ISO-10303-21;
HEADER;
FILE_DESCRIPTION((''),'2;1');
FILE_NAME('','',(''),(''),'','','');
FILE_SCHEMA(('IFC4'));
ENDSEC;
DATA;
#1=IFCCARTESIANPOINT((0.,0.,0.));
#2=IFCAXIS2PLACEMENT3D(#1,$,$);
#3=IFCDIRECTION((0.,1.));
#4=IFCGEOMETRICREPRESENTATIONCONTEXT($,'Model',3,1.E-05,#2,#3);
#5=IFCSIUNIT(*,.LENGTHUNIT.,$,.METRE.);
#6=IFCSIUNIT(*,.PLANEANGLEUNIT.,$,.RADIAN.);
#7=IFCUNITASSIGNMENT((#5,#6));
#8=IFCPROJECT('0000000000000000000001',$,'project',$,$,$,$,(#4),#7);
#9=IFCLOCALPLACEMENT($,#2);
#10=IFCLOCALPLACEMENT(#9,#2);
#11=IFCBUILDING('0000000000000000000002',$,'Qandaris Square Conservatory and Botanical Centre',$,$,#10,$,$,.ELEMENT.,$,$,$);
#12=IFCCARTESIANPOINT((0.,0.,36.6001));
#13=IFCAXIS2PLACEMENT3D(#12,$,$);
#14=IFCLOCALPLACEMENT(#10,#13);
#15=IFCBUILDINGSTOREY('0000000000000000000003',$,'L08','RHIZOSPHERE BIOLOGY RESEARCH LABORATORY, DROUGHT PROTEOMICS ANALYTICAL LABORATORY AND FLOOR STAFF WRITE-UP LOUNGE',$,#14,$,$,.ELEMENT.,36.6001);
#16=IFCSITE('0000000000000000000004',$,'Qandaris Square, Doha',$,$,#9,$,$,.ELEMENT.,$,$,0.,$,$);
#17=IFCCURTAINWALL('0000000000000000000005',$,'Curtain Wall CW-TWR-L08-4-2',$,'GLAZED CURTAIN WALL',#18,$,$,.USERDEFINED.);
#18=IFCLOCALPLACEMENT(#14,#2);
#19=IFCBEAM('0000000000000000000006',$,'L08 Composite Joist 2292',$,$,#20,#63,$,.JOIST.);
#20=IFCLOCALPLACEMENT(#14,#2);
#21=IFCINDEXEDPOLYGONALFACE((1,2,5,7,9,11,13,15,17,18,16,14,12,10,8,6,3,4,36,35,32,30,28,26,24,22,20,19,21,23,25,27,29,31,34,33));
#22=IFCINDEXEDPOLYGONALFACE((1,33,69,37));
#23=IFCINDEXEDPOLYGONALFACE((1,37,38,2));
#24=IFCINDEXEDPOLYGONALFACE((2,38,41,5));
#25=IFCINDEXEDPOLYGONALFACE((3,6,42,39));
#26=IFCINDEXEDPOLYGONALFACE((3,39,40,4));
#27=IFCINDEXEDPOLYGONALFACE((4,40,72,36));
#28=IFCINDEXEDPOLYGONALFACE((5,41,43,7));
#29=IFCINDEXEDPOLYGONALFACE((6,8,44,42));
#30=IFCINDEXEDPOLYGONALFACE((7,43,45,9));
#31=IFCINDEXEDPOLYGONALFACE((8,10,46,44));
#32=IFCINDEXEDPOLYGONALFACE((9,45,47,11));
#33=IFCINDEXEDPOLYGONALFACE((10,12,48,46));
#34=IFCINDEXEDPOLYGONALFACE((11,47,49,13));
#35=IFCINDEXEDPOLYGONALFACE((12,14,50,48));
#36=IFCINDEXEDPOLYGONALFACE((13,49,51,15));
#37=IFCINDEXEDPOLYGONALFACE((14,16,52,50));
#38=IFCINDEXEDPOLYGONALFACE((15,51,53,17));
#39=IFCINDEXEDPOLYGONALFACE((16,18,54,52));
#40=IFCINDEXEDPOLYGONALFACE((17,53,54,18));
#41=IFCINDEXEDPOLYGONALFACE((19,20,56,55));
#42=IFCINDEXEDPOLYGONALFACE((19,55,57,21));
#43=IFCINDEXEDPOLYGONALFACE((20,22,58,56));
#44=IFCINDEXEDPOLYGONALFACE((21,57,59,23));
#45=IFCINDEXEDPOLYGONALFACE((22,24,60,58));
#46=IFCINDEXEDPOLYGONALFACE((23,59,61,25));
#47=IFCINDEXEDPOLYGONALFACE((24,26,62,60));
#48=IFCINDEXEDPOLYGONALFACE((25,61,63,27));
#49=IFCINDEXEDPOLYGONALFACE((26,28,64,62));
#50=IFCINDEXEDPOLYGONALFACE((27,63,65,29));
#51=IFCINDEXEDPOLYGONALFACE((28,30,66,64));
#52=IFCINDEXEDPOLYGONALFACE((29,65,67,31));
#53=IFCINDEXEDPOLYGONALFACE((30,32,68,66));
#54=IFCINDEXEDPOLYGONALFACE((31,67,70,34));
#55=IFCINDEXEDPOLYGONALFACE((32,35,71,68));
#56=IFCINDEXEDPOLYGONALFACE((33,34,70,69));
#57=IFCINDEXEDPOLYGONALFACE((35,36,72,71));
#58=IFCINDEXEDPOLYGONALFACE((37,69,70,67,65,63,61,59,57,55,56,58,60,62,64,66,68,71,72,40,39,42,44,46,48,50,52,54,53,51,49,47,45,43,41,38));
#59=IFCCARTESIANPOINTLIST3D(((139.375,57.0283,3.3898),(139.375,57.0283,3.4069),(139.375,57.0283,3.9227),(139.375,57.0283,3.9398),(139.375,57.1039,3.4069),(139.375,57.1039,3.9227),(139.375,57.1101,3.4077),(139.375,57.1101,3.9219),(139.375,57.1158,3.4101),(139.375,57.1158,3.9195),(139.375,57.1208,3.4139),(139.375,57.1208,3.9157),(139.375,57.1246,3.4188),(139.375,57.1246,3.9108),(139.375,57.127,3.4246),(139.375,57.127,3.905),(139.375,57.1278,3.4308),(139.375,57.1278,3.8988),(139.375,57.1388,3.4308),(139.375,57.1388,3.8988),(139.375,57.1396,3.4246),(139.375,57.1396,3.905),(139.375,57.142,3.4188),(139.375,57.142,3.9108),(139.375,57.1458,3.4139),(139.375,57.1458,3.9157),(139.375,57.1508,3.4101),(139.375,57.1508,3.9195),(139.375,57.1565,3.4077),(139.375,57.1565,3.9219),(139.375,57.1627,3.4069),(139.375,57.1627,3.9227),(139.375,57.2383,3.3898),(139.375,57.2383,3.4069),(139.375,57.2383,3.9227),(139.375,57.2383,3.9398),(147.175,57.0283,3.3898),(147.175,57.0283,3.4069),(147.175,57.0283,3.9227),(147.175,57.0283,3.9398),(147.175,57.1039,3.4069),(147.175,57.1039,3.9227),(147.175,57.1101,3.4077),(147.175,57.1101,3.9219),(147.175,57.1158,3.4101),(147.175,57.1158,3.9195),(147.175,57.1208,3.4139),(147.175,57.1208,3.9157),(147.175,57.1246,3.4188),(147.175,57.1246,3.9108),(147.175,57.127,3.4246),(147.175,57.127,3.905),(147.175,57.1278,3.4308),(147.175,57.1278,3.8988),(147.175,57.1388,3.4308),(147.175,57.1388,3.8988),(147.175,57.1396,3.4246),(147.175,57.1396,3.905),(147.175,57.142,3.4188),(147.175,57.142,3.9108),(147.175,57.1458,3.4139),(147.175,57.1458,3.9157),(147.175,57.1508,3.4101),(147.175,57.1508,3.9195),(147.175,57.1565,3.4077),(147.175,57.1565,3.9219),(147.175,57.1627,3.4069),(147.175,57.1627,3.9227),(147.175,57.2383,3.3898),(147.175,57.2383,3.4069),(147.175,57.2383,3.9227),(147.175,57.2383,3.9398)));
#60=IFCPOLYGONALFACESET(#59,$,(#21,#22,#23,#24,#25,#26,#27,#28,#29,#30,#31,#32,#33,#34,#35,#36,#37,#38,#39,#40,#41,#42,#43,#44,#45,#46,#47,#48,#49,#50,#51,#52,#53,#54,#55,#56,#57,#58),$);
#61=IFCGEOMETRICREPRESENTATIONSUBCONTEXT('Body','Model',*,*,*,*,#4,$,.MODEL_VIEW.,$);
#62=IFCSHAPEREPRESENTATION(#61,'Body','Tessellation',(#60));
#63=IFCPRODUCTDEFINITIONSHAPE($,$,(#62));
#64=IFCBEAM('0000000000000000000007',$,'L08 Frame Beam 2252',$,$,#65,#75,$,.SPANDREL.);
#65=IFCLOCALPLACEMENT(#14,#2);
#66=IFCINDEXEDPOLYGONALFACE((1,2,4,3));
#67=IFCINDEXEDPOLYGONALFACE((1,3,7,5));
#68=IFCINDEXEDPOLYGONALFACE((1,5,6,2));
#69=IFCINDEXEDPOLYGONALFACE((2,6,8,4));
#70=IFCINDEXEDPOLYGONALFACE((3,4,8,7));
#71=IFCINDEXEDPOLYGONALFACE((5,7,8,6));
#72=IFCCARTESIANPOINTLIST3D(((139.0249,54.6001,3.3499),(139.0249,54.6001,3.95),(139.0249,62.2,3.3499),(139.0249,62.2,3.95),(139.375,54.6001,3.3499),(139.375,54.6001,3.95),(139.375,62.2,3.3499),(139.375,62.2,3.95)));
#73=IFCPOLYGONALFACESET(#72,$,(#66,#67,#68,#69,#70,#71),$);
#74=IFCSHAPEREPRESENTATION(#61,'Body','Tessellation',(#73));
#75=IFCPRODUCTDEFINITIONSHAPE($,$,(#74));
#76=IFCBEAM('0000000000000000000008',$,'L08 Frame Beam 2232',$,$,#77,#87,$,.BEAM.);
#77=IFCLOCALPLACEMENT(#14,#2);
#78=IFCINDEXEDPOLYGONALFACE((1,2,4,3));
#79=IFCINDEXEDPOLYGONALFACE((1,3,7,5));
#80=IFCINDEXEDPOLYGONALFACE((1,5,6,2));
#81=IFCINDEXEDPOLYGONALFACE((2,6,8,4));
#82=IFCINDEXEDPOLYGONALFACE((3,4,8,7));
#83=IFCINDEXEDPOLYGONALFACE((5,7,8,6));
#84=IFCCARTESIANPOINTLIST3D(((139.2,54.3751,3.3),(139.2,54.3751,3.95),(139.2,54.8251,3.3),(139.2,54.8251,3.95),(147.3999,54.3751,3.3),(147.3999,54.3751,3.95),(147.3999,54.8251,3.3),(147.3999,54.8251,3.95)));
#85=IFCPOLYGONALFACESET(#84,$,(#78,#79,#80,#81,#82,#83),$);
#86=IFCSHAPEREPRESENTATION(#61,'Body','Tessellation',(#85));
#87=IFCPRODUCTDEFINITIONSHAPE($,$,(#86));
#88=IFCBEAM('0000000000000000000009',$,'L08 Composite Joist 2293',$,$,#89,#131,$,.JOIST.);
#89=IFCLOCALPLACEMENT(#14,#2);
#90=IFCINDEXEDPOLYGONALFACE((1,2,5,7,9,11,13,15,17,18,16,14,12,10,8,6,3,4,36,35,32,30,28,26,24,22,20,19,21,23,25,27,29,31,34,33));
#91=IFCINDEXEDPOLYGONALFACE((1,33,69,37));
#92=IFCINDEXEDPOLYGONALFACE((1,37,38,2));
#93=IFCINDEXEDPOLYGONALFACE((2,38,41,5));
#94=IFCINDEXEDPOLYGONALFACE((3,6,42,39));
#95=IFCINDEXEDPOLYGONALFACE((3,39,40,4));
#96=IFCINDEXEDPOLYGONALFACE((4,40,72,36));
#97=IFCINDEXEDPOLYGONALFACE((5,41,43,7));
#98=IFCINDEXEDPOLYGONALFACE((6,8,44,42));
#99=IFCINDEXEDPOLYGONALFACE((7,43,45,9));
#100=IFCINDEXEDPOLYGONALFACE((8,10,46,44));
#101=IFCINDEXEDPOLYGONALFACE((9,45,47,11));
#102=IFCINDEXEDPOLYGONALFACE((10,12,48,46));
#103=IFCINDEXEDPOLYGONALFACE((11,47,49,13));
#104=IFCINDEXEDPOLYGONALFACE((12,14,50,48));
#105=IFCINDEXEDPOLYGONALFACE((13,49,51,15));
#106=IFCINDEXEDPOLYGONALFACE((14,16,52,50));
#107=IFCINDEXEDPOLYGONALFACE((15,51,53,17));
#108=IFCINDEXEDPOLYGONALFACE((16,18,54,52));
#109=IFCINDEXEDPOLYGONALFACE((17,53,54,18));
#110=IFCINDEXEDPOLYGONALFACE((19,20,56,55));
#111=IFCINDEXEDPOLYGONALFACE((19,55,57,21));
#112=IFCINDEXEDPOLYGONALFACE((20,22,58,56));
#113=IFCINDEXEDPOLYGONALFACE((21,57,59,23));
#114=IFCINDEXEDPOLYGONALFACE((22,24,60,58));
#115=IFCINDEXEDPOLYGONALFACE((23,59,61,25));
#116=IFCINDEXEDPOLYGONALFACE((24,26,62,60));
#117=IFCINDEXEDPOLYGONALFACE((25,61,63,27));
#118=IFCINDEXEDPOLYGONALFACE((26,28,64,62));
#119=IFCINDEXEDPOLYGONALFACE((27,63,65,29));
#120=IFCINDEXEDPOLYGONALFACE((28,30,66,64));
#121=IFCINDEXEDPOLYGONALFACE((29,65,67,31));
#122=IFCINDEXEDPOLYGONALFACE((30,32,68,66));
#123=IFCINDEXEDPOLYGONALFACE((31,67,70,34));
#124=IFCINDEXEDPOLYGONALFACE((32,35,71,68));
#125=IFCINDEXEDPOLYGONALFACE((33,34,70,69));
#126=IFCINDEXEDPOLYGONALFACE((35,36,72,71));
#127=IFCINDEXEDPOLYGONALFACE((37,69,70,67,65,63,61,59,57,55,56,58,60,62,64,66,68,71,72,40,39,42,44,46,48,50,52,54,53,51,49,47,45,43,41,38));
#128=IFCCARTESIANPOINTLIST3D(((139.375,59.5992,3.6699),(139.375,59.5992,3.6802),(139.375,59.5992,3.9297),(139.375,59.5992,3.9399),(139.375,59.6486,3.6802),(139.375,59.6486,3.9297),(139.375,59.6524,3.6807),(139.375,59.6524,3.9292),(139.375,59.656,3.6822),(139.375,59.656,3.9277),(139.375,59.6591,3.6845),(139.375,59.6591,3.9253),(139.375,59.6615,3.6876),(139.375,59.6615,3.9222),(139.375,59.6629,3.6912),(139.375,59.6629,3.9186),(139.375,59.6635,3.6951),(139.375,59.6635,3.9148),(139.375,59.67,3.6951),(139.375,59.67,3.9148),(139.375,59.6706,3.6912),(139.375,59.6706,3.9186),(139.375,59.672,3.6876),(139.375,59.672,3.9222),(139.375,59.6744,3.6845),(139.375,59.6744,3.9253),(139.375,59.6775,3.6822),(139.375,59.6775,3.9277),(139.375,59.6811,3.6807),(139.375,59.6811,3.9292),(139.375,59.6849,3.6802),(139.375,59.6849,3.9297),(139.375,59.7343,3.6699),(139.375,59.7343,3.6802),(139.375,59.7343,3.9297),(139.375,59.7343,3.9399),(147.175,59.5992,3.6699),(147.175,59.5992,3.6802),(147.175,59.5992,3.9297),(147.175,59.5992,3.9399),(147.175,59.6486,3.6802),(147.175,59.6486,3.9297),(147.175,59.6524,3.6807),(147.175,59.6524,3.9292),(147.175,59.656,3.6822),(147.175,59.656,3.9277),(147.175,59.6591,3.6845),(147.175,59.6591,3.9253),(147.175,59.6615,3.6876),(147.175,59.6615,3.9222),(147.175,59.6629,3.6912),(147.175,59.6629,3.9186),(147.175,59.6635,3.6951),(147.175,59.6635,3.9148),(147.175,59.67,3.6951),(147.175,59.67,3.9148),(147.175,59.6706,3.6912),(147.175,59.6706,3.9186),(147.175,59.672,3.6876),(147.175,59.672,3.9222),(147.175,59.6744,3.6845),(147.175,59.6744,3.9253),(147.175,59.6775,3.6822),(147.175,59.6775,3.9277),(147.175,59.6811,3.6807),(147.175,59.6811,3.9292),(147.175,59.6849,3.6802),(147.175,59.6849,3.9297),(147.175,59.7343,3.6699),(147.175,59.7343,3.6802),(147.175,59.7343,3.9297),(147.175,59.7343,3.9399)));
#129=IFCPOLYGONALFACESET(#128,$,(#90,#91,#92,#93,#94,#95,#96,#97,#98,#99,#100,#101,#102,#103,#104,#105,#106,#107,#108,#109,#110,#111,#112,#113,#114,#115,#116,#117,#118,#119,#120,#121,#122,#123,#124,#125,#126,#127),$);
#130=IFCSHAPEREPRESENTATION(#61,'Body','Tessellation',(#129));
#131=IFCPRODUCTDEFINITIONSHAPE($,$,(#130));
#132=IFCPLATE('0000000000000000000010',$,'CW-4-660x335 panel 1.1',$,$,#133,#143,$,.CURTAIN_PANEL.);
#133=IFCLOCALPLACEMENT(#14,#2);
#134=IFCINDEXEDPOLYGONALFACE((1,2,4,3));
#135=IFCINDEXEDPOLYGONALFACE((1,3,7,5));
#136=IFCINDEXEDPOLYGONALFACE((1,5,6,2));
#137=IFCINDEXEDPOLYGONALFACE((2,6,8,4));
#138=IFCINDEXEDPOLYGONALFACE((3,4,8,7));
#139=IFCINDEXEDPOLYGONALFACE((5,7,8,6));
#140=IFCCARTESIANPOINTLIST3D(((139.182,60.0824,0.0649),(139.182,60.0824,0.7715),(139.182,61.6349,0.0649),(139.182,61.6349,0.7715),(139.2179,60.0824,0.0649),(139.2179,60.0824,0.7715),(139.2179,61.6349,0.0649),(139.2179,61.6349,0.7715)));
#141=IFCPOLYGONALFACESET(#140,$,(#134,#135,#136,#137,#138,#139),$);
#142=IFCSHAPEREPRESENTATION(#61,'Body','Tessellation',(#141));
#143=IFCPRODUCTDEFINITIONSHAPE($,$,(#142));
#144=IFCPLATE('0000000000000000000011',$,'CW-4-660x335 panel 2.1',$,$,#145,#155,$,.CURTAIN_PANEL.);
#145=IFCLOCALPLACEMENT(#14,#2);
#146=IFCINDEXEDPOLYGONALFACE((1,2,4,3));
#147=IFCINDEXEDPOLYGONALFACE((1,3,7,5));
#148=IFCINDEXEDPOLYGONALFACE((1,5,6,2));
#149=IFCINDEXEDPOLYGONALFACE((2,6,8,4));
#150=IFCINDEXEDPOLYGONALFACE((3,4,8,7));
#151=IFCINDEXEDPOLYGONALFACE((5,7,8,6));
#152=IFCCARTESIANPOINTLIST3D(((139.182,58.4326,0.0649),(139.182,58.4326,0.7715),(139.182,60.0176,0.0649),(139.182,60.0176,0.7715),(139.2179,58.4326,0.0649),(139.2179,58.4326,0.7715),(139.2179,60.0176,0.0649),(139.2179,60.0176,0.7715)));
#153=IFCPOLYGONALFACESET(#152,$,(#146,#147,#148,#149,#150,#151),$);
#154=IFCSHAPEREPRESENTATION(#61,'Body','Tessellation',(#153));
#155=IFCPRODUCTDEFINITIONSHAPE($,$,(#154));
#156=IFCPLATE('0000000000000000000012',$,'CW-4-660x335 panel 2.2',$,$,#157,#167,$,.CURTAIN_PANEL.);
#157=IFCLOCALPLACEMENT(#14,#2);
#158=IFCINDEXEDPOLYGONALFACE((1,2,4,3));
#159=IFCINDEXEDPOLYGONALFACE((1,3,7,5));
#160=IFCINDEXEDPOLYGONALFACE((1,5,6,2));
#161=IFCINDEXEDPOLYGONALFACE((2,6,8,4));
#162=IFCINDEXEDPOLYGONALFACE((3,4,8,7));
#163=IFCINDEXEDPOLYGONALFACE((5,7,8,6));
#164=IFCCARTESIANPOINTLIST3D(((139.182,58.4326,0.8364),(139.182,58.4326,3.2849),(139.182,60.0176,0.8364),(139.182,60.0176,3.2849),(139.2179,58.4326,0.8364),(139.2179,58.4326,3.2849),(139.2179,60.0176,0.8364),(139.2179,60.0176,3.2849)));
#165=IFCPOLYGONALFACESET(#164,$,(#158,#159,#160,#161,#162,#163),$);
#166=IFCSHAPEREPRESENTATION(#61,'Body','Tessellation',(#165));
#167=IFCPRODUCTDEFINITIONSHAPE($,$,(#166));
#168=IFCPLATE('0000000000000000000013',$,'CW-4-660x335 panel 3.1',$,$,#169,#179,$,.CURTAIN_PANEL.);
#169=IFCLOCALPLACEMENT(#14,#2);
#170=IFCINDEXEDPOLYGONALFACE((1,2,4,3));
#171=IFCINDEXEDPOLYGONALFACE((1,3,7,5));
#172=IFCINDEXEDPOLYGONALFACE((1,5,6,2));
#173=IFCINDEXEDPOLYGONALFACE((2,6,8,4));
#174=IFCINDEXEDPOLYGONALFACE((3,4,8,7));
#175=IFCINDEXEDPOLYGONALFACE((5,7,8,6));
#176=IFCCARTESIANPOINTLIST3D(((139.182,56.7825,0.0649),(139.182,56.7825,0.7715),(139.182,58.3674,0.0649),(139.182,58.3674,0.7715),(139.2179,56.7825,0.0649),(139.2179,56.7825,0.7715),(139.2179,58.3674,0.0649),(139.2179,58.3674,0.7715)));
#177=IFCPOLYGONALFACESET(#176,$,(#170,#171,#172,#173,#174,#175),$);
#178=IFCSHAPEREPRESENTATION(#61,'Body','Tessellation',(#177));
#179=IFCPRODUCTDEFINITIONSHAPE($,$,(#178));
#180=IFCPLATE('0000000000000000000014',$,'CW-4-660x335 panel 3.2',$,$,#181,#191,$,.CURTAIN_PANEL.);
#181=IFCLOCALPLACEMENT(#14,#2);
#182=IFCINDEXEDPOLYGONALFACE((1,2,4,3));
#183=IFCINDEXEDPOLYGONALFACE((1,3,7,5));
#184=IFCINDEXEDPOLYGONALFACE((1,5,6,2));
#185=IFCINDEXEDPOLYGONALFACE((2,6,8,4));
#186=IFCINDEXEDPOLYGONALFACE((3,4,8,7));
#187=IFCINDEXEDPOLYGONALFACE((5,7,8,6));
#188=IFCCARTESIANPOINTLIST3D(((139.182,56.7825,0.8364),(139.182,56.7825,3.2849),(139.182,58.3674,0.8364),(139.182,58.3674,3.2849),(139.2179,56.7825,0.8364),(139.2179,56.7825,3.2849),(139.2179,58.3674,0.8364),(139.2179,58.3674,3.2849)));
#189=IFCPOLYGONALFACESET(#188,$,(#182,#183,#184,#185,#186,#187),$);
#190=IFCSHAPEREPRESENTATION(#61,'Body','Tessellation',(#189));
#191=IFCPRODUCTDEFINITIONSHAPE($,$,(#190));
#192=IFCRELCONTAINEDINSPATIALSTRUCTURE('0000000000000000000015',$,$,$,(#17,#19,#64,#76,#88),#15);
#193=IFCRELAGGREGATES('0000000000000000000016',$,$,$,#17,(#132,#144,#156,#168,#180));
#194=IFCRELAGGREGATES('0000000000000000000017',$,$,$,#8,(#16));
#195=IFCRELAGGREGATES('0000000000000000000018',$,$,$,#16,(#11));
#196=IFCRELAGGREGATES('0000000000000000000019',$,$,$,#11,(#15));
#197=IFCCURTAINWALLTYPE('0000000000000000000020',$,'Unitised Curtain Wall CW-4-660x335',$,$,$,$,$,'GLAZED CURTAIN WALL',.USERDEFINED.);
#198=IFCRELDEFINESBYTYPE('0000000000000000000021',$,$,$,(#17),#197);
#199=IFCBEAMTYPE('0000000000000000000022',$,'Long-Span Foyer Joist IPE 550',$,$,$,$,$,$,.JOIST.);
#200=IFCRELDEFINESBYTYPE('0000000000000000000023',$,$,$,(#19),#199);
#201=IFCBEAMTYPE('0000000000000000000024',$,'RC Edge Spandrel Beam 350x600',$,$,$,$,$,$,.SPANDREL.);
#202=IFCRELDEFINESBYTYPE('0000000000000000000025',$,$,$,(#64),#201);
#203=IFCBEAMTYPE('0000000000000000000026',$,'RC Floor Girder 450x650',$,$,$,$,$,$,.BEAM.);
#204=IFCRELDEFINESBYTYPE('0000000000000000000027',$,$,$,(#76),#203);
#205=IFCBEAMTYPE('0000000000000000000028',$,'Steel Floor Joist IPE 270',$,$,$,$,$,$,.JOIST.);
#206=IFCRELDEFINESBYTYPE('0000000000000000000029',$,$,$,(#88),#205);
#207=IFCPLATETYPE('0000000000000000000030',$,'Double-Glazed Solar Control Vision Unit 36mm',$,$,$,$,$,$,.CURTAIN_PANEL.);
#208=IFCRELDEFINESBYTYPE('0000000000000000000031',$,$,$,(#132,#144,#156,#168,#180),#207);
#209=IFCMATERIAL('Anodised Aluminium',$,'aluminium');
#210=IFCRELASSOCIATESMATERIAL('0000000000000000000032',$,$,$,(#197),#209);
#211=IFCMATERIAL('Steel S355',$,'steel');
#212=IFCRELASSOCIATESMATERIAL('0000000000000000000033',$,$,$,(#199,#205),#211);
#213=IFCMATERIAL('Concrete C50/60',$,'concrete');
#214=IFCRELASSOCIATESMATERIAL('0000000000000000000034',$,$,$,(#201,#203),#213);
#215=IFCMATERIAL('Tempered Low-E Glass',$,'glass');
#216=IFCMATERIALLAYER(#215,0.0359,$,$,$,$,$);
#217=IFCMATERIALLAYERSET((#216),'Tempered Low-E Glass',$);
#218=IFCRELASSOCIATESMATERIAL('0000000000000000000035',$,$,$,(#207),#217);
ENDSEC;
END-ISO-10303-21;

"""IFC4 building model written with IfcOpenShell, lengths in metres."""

from ifc_helpers import new_model, si_unit, direction, frame, origin, origin_2d, place, context, subcontext, project, spatial, rectangle, i_section, extrude, material, layer, layer_set, material_profile, profile_set, type_object, element, aggregate, save


model = new_model("IFC4")

# Units and contexts
model_context = context("Model", 3, precision=1e-05, world=origin(), true_north=direction((0.0, 1.0)))
body_context = subcontext(model_context, "Body", "Model", "MODEL_VIEW")
ifc_project = project(units=[si_unit("LENGTHUNIT", "METRE"), si_unit("PLANEANGLEUNIT", "RADIAN")], contexts=[model_context])

# Site, building, storey
site_placement = place(None, origin())
site = spatial("IfcSite", under=ifc_project, at=site_placement, Name="Qandaris Square, Doha", CompositionType="ELEMENT", RefElevation=0.0)
building_placement = place(site_placement, origin())
building = spatial("IfcBuilding", under=site, at=building_placement, Name="Qandaris Square Conservatory and Botanical Centre", CompositionType="ELEMENT")
storey_placement = place(building_placement, frame((0.0, 0.0, 36.6001)))
storey = spatial("IfcBuildingStorey", under=building, at=storey_placement, Name="L08", Description="RHIZOSPHERE BIOLOGY RESEARCH LABORATORY, DROUGHT PROTEOMICS ANALYTICAL LABORATORY AND FLOOR STAFF WRITE-UP LOUNGE", CompositionType="ELEMENT", Elevation=36.6001)

# Curtain wall
ifc_material_1 = material(Name="Anodised Aluminium", Category="aluminium")
curtain_wall_type = type_object("IfcCurtainWallType", Name="Unitised Curtain Wall CW-4-660x335", ElementType="GLAZED CURTAIN WALL", PredefinedType="USERDEFINED", material=ifc_material_1)
curtain_wall_placement = place(storey_placement, origin())
curtain_wall = element("IfcCurtainWall", 1, at=curtain_wall_placement, inside=storey, type_object=curtain_wall_type, Name="Curtain Wall CW-TWR-L08-4-2", ObjectType="GLAZED CURTAIN WALL", PredefinedType="USERDEFINED")

# Beams
ifc_material_2 = material(Name="Steel S355", Category="steel")
ifc_material_profile_1 = material_profile(ifc_material_2, i_section(OverallWidth=0.21, OverallDepth=0.55, WebThickness=0.011, FlangeThickness=0.0171, FilletRadius=0.0239, at=origin_2d()), Name="IPE 550")
ifc_profile_set_1 = profile_set([ifc_material_profile_1], Name="Steel S355")
beam_type_1 = type_object("IfcBeamType", Name="Long-Span Foyer Joist IPE 550", PredefinedType="JOIST", material=ifc_profile_set_1)
beam_1_placement = place(storey_placement, frame((139.375, 57.1333, 3.6648), z_axis=(1.0, 0.0, 0.0), x_axis=(0.0, 1.0, 0.0)))
element("IfcBeam", 2, at=beam_1_placement, inside=storey, type_object=beam_type_1, Name="L08 Composite Joist 2292", PredefinedType="JOIST", context=body_context, shape_type="SweptSolid", body=[
    extrude(i_section(OverallWidth=0.21, OverallDepth=0.55, WebThickness=0.011, FlangeThickness=0.0171, FilletRadius=0.0239, at=origin_2d()), origin(), (0.0, 0.0, 1.0), 7.8),
])
ifc_material_3 = material(Name="Concrete C50/60", Category="concrete")
ifc_material_profile_2 = material_profile(ifc_material_3, rectangle(XDim=0.3501, YDim=0.6001, at=origin_2d()), Name="RC-SP 350x600")
ifc_profile_set_2 = profile_set([ifc_material_profile_2], Name="Concrete C50/60")
beam_type_2 = type_object("IfcBeamType", Name="RC Edge Spandrel Beam 350x600", PredefinedType="SPANDREL", material=ifc_profile_set_2)
beam_2_placement = place(storey_placement, frame((139.2, 54.6001, 3.6499), z_axis=(0.0, 1.0, 0.0), x_axis=(-1.0, 0.0, 0.0)))
element("IfcBeam", 3, at=beam_2_placement, inside=storey, type_object=beam_type_2, Name="L08 Frame Beam 2252", PredefinedType="SPANDREL", context=body_context, shape_type="SweptSolid", body=[
    extrude(rectangle(XDim=0.3501, YDim=0.6001, at=origin_2d()), origin(), (0.0, 0.0, 1.0), 7.5999),
])
ifc_material_profile_3 = material_profile(ifc_material_3, rectangle(XDim=0.45, YDim=0.6499, at=origin_2d()), Name="RC-BM 450x650")
ifc_profile_set_3 = profile_set([ifc_material_profile_3], Name="Concrete C50/60")
beam_type_3 = type_object("IfcBeamType", Name="RC Floor Girder 450x650", PredefinedType="BEAM", material=ifc_profile_set_3)
beam_3_placement = place(storey_placement, frame((139.2, 54.6001, 3.625), z_axis=(1.0, 0.0, 0.0), x_axis=(0.0, 1.0, 0.0)))
element("IfcBeam", 4, at=beam_3_placement, inside=storey, type_object=beam_type_3, Name="L08 Frame Beam 2232", PredefinedType="BEAM", context=body_context, shape_type="SweptSolid", body=[
    extrude(rectangle(XDim=0.45, YDim=0.6499, at=origin_2d()), origin(), (0.0, 0.0, 1.0), 8.2),
])
ifc_material_profile_4 = material_profile(ifc_material_2, i_section(OverallWidth=0.135, OverallDepth=0.27, WebThickness=0.0066, FlangeThickness=0.0103, FilletRadius=0.0149, at=origin_2d()), Name="IPE 270")
ifc_profile_set_4 = profile_set([ifc_material_profile_4], Name="Steel S355")
beam_type_4 = type_object("IfcBeamType", Name="Steel Floor Joist IPE 270", PredefinedType="JOIST", material=ifc_profile_set_4)
beam_4_placement = place(storey_placement, frame((139.375, 59.6667, 3.8049), z_axis=(1.0, 0.0, 0.0), x_axis=(0.0, 1.0, 0.0)))
element("IfcBeam", 5, at=beam_4_placement, inside=storey, type_object=beam_type_4, Name="L08 Composite Joist 2293", PredefinedType="JOIST", context=body_context, shape_type="SweptSolid", body=[
    extrude(i_section(OverallWidth=0.135, OverallDepth=0.27, WebThickness=0.0066, FlangeThickness=0.0103, FilletRadius=0.0149, at=origin_2d()), origin(), (0.0, 0.0, 1.0), 7.8),
])

# Plates
ifc_material_4 = material(Name="Tempered Low-E Glass", Category="glass")
ifc_layer_1 = layer(ifc_material_4, 0.0359)
ifc_layer_set_1 = layer_set([ifc_layer_1], Name="Tempered Low-E Glass")
plate_type_1 = type_object("IfcPlateType", Name="Double-Glazed Solar Control Vision Unit 36mm", PredefinedType="CURTAIN_PANEL", material=ifc_layer_set_1)
plate_1_placement = place(storey_placement, frame((139.2, 60.8586, 0.0649), z_axis=(0.0, 0.0, 1.0), x_axis=(0.0, -1.0, 0.0)))
plate_1 = element("IfcPlate", 6, at=plate_1_placement, type_object=plate_type_1, Name="CW-4-660x335 panel 1.1", PredefinedType="CURTAIN_PANEL", context=body_context, shape_type="SweptSolid", body=[
    extrude(rectangle(XDim=1.5525, YDim=0.0359, at=origin_2d()), origin(), (0.0, 0.0, 1.0), 0.7065),
])
plate_2_placement = place(storey_placement, frame((139.2, 59.2251, 0.0649), z_axis=(0.0, 0.0, 1.0), x_axis=(0.0, -1.0, 0.0)))
plate_2 = element("IfcPlate", 7, at=plate_2_placement, type_object=plate_type_1, Name="CW-4-660x335 panel 2.1", PredefinedType="CURTAIN_PANEL", context=body_context, shape_type="SweptSolid", body=[
    extrude(rectangle(XDim=1.585, YDim=0.0359, at=origin_2d()), origin(), (0.0, 0.0, 1.0), 0.7065),
])
plate_3_placement = place(storey_placement, frame((139.2, 59.2251, 0.8364), z_axis=(0.0, 0.0, 1.0), x_axis=(0.0, -1.0, 0.0)))
plate_3 = element("IfcPlate", 8, at=plate_3_placement, type_object=plate_type_1, Name="CW-4-660x335 panel 2.2", PredefinedType="CURTAIN_PANEL", context=body_context, shape_type="SweptSolid", body=[
    extrude(rectangle(XDim=1.585, YDim=0.0359, at=origin_2d()), origin(), (0.0, 0.0, 1.0), 2.4485),
])
plate_4_placement = place(storey_placement, frame((139.2, 57.575, 0.0649), z_axis=(0.0, 0.0, 1.0), x_axis=(0.0, -1.0, 0.0)))
plate_4 = element("IfcPlate", 9, at=plate_4_placement, type_object=plate_type_1, Name="CW-4-660x335 panel 3.1", PredefinedType="CURTAIN_PANEL", context=body_context, shape_type="SweptSolid", body=[
    extrude(rectangle(XDim=1.585, YDim=0.0359, at=origin_2d()), origin(), (0.0, 0.0, 1.0), 0.7065),
])
plate_5_placement = place(storey_placement, frame((139.2, 57.575, 0.8364), z_axis=(0.0, 0.0, 1.0), x_axis=(0.0, -1.0, 0.0)))
plate_5 = element("IfcPlate", 10, at=plate_5_placement, type_object=plate_type_1, Name="CW-4-660x335 panel 3.2", PredefinedType="CURTAIN_PANEL", context=body_context, shape_type="SweptSolid", body=[
    extrude(rectangle(XDim=1.585, YDim=0.0359, at=origin_2d()), origin(), (0.0, 0.0, 1.0), 2.4485),
])
aggregate(curtain_wall, [plate_1, plate_2, plate_3, plate_4, plate_5])

save(model, "model.ifc")
